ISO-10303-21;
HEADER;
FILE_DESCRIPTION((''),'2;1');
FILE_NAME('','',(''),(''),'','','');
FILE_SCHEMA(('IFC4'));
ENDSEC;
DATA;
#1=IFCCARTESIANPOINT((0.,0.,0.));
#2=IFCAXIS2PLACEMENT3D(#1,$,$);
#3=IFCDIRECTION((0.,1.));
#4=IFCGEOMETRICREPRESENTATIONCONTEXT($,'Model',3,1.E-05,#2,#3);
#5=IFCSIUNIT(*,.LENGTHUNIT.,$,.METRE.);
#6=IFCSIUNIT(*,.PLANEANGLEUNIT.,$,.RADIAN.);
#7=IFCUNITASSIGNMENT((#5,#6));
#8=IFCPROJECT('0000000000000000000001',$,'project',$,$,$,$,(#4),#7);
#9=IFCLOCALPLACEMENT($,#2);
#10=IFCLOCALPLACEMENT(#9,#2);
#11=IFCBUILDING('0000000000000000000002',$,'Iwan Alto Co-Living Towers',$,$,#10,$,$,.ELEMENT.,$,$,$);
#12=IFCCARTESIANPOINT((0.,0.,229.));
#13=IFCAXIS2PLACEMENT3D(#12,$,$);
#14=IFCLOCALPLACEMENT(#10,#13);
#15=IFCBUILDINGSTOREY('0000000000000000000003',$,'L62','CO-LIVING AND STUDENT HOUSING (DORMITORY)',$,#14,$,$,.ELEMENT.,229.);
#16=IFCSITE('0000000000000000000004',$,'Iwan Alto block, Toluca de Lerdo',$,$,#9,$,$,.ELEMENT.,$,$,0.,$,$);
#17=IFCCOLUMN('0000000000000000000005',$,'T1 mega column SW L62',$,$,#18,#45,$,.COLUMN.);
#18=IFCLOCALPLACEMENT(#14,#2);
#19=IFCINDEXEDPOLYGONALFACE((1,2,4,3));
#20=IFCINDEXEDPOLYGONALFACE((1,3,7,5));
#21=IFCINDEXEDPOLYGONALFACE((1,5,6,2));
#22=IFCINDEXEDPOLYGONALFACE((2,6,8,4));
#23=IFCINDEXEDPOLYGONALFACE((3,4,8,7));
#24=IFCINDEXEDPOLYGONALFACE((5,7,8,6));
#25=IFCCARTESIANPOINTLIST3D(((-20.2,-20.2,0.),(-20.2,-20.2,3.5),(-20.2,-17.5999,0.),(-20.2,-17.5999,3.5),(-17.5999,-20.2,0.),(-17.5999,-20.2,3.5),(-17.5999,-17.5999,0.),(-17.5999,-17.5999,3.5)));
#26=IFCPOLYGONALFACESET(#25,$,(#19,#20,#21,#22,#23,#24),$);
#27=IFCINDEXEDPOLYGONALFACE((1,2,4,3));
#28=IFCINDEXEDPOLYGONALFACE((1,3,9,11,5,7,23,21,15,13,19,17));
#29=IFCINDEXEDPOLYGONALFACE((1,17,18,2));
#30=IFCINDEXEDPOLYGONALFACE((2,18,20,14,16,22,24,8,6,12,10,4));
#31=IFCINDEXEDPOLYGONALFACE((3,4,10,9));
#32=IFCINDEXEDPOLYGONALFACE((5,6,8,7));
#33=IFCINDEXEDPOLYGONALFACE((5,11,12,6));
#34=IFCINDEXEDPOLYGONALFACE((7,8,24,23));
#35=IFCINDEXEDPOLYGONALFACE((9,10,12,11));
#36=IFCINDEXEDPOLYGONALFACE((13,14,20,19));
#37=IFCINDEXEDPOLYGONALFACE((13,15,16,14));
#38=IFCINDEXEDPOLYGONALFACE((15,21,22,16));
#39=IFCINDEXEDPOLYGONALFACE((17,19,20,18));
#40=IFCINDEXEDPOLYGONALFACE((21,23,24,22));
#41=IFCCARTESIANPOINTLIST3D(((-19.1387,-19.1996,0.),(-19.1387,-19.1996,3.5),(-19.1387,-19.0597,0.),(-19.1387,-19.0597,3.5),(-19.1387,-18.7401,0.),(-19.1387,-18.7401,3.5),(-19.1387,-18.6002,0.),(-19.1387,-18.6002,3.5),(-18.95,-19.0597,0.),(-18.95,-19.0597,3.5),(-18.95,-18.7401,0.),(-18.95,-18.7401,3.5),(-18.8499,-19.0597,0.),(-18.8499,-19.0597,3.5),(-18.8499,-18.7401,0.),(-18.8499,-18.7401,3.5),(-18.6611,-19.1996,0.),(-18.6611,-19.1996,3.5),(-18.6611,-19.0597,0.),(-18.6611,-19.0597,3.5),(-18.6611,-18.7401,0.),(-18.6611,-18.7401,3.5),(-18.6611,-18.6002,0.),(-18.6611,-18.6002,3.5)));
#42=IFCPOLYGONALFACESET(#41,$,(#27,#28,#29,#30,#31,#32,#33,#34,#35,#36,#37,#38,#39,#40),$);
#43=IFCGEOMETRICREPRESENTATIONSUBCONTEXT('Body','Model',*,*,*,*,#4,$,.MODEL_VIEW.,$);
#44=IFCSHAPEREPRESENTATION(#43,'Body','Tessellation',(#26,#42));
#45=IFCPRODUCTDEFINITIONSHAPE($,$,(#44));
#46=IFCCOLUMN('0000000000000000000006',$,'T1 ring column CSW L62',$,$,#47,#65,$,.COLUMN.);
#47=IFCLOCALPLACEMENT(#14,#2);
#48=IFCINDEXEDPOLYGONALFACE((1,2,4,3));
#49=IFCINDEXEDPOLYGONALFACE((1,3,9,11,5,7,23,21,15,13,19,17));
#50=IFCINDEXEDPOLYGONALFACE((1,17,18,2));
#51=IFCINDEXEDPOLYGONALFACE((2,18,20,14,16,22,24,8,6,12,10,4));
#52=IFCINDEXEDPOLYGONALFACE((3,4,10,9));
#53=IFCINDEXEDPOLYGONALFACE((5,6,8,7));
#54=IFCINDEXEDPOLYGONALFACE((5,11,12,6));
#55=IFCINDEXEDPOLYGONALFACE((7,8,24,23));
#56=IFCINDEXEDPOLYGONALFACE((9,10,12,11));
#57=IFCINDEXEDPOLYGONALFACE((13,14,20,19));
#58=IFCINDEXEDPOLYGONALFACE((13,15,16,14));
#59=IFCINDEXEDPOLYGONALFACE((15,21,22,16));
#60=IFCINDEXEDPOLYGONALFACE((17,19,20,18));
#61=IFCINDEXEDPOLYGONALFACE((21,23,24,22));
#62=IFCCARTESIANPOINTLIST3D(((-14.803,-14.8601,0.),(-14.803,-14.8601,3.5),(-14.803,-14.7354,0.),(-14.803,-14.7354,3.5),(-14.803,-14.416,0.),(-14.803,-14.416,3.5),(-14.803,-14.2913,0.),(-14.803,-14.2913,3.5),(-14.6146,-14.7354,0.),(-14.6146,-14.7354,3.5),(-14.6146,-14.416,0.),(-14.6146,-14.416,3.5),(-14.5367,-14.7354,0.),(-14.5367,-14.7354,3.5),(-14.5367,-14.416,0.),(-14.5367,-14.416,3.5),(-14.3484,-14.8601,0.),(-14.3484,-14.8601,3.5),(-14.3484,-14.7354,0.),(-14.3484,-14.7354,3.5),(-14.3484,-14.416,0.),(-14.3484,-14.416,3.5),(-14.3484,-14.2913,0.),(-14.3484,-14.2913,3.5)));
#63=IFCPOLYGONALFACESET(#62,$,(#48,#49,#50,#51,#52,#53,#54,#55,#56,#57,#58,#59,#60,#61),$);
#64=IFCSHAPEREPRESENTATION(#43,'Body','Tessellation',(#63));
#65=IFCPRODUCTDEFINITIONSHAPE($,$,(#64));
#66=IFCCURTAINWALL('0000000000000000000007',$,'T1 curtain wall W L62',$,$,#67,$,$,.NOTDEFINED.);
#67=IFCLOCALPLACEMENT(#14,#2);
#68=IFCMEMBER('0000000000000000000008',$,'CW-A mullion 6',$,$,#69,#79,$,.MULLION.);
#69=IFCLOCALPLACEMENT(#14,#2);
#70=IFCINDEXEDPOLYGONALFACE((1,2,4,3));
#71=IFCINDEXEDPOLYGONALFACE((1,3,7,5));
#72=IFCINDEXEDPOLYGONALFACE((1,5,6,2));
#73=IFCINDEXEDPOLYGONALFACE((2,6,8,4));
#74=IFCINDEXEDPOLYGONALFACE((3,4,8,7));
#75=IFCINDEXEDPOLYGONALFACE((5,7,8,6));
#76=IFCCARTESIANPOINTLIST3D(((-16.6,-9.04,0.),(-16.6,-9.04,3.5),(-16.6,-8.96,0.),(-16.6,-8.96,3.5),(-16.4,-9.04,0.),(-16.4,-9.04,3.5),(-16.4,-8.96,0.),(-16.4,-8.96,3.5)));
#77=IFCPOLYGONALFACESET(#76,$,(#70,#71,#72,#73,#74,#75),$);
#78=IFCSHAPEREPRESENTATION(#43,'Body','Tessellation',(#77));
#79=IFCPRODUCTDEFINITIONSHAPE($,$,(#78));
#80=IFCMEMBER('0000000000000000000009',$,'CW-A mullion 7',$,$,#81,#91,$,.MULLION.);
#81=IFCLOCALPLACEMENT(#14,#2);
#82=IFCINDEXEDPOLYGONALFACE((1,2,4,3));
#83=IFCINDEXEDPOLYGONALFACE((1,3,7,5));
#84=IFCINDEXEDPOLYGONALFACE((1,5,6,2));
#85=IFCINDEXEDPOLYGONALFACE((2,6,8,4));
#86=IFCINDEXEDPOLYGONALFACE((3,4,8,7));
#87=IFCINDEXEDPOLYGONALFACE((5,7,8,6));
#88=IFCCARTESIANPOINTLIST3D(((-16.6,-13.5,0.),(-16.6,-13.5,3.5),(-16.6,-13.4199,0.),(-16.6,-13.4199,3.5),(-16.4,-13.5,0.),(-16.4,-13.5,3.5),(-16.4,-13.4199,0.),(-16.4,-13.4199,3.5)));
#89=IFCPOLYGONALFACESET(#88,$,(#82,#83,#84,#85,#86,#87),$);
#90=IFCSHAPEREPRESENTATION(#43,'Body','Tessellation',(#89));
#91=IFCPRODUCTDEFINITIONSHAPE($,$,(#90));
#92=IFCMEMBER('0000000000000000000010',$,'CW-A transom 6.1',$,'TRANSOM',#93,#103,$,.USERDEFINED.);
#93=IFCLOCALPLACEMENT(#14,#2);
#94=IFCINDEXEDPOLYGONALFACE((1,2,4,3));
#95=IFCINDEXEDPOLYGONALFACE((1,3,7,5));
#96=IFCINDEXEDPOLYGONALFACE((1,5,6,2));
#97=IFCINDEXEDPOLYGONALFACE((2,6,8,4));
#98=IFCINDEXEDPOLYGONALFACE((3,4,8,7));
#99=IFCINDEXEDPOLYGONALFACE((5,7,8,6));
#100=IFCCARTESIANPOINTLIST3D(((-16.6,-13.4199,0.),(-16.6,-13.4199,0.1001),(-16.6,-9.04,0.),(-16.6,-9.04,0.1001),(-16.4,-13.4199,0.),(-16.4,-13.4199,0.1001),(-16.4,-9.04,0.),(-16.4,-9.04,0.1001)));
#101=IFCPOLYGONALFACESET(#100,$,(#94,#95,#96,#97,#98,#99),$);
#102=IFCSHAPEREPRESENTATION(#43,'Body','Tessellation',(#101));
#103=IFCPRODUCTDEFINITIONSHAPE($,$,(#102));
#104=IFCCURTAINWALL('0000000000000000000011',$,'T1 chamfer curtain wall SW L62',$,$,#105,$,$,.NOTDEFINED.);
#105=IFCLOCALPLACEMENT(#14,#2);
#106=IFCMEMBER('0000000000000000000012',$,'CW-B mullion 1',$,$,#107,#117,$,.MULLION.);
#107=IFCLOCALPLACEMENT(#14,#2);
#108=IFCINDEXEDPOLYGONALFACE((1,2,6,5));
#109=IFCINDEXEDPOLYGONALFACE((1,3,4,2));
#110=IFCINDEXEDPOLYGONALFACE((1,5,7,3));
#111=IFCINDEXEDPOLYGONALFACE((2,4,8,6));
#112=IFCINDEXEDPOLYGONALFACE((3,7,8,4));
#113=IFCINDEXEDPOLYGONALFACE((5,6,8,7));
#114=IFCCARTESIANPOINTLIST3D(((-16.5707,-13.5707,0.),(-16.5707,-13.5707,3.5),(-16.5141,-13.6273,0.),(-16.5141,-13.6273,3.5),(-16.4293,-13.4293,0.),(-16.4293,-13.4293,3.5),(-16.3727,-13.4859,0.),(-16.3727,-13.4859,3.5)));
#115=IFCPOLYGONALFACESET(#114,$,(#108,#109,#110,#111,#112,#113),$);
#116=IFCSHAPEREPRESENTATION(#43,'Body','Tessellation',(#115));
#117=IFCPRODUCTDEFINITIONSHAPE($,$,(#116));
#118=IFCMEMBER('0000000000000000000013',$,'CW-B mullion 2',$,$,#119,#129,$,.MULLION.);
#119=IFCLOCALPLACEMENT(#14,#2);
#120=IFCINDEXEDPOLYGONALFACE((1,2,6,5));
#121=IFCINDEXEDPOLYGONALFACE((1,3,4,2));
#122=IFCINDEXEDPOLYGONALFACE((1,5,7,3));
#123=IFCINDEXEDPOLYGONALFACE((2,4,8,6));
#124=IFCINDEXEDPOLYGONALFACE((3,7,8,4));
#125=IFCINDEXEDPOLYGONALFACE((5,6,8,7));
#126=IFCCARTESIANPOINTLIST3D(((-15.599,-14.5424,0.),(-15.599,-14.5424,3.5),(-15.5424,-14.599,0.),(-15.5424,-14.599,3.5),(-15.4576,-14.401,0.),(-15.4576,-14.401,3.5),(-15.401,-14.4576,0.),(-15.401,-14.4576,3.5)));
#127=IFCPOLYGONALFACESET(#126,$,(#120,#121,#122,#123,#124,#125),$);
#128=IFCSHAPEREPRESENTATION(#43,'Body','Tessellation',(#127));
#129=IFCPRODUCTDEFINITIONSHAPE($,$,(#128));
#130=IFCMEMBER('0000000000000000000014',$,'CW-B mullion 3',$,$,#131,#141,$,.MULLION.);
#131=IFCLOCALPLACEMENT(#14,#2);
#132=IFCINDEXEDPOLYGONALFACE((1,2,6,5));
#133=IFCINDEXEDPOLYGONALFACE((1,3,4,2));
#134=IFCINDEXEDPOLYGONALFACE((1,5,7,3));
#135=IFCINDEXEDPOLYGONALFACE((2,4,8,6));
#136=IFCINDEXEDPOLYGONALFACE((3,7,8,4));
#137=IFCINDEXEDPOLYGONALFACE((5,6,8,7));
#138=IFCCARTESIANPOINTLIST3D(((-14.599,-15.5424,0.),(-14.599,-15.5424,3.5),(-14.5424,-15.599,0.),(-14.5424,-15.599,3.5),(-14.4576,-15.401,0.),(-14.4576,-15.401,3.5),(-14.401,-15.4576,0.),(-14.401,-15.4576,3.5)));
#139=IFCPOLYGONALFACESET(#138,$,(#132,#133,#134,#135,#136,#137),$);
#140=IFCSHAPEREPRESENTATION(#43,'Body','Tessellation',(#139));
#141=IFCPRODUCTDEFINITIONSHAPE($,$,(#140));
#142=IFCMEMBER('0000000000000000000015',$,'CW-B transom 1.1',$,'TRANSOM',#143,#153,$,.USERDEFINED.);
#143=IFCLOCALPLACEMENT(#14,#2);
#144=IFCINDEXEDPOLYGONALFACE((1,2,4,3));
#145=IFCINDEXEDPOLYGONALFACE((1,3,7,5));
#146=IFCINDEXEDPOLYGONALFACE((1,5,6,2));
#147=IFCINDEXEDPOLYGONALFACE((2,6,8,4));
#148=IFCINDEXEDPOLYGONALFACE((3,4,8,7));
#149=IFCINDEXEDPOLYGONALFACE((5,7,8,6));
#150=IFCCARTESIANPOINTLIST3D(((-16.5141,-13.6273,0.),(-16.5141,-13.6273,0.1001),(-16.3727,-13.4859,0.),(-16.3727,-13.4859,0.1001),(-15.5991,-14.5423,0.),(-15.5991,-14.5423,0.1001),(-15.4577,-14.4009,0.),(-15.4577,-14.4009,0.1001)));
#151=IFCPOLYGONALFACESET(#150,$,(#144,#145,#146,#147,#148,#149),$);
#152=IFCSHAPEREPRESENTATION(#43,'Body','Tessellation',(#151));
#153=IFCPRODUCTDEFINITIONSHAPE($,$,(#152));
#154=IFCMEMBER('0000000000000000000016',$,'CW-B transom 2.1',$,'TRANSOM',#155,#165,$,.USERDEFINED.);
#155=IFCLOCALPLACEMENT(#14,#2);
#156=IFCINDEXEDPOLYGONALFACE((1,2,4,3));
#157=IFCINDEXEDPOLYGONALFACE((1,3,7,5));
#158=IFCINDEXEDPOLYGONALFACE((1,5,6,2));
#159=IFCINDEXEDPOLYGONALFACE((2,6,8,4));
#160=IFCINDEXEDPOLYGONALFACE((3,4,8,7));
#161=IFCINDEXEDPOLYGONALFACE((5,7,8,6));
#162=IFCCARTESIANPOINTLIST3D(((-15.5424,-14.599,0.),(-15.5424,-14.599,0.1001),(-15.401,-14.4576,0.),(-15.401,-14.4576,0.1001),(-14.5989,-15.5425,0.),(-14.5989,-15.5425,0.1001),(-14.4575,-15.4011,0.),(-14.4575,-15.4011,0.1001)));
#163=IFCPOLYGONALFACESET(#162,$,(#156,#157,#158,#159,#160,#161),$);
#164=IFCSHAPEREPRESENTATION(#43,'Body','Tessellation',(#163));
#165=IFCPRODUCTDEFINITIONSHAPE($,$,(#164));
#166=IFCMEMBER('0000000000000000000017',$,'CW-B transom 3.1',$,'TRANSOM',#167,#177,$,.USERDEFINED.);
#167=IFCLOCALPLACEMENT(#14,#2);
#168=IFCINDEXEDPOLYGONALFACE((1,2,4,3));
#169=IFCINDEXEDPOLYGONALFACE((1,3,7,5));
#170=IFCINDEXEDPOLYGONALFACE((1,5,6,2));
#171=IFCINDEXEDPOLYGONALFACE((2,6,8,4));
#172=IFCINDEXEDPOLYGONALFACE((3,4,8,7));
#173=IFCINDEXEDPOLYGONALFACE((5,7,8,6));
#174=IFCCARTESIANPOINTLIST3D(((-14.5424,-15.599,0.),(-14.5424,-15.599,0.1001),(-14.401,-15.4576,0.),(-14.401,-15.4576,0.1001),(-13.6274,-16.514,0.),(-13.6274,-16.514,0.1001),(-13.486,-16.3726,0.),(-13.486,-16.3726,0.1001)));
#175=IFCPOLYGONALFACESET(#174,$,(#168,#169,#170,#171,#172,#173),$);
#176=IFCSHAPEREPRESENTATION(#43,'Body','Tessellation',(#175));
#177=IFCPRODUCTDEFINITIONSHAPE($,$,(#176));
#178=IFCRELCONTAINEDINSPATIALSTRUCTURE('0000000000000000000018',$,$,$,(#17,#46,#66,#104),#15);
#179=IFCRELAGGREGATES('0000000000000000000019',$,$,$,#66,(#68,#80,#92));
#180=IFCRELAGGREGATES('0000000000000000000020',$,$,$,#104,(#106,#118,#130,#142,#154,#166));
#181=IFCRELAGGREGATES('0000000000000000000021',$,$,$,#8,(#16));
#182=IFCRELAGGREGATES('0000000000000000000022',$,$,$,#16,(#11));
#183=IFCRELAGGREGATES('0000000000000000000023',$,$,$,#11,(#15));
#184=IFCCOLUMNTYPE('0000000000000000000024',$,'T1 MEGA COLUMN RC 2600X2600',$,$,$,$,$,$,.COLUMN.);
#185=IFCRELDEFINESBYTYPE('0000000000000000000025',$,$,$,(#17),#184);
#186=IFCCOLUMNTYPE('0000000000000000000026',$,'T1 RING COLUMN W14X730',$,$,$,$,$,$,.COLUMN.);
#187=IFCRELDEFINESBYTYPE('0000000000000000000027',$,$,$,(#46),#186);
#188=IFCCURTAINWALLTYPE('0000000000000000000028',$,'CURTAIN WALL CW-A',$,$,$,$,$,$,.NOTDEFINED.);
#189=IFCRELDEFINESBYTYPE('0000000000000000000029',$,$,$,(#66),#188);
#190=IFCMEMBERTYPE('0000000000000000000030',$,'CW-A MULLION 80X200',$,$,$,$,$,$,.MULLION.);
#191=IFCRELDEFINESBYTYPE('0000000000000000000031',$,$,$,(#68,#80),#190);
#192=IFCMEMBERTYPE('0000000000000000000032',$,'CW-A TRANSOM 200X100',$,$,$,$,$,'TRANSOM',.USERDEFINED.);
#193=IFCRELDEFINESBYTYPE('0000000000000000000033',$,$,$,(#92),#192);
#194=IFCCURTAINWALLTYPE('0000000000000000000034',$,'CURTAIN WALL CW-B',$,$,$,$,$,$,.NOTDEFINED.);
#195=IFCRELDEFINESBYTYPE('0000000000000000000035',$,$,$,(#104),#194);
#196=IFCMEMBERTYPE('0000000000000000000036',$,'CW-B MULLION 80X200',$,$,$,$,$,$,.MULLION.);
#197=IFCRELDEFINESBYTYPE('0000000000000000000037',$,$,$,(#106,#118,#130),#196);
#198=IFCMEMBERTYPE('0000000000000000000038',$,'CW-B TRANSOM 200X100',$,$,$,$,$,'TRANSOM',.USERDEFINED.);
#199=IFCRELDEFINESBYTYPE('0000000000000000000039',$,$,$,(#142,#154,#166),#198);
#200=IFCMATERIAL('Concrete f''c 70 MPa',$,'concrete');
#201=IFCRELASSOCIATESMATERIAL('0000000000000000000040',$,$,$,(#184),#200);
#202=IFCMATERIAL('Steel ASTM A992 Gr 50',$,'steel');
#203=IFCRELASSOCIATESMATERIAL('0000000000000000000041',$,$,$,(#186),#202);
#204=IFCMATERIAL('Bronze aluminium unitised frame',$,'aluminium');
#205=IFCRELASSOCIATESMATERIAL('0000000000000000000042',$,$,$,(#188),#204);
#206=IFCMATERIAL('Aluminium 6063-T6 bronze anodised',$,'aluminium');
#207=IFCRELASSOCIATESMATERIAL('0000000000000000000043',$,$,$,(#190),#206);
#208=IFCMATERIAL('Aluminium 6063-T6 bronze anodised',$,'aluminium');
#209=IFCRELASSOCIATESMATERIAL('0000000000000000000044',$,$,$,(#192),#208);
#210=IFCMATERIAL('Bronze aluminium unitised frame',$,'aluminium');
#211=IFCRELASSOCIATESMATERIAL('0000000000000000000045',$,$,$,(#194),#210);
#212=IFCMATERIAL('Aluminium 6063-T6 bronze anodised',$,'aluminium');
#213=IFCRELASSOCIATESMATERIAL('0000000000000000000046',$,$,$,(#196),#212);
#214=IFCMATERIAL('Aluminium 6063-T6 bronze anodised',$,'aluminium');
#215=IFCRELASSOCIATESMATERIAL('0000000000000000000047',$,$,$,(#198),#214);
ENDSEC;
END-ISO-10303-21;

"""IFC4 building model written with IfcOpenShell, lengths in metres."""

from ifc_helpers import new_model, si_unit, direction, frame, origin, origin_2d, place, context, subcontext, project, spatial, rectangle, i_section, extrude, material, material_profile, profile_set, type_object, element, aggregate, save


model = new_model("IFC4")

# Units and contexts
model_context = context("Model", 3, precision=1e-05, world=origin(), true_north=direction((0.0, 1.0)))
body_context = subcontext(model_context, "Body", "Model", "MODEL_VIEW")
ifc_project = project(units=[si_unit("LENGTHUNIT", "METRE"), si_unit("PLANEANGLEUNIT", "RADIAN")], contexts=[model_context])

# Site, building, storey
site_placement = place(None, origin())
site = spatial("IfcSite", under=ifc_project, at=site_placement, Name="Iwan Alto block, Toluca de Lerdo", CompositionType="ELEMENT", RefElevation=0.0)
building_placement = place(site_placement, origin())
building = spatial("IfcBuilding", under=site, at=building_placement, Name="Iwan Alto Co-Living Towers", CompositionType="ELEMENT")
storey_placement = place(building_placement, frame((0.0, 0.0, 229.0)))
storey = spatial("IfcBuildingStorey", under=building, at=storey_placement, Name="L62", Description="CO-LIVING AND STUDENT HOUSING (DORMITORY)", CompositionType="ELEMENT", Elevation=229.0)

# Columns
ifc_material_1 = material(Name="Concrete f'c 70 MPa", Category="concrete")
ifc_material_profile_1 = material_profile(ifc_material_1, rectangle(XDim=2.6001, YDim=2.6001, at=origin_2d()), Name="RC 2600X2600")
ifc_profile_set_1 = profile_set([ifc_material_profile_1], Name="Concrete f'c 70 MPa")
column_type_1 = type_object("IfcColumnType", Name="T1 MEGA COLUMN RC 2600X2600", PredefinedType="COLUMN", material=ifc_profile_set_1)
column_1_placement = place(storey_placement, frame((-18.8999, -18.8999, 0.0), z_axis=(0.0, 0.0, 1.0), x_axis=(1.0, 0.0, 0.0)))
element("IfcColumn", 1, at=column_1_placement, inside=storey, type_object=column_type_1, Name="T1 mega column SW L62", PredefinedType="COLUMN", context=body_context, shape_type="SweptSolid", body=[
    extrude(rectangle(XDim=2.6001, YDim=2.6001, at=origin_2d()), origin(), (0.0, 0.0, 1.0), 3.5),
    extrude(i_section(OverallWidth=0.4775, OverallDepth=0.5994, WebThickness=0.1001, FlangeThickness=0.1399, at=origin_2d()), origin(), (0.0, 0.0, 1.0), 3.5),
])
ifc_material_2 = material(Name="Steel ASTM A992 Gr 50", Category="steel")
ifc_material_profile_2 = material_profile(ifc_material_2, i_section(OverallWidth=0.4546, OverallDepth=0.5688, WebThickness=0.0779, FlangeThickness=0.1248, at=origin_2d()), Name="W14X730")
ifc_profile_set_2 = profile_set([ifc_material_profile_2], Name="Steel ASTM A992 Gr 50")
column_type_2 = type_object("IfcColumnType", Name="T1 RING COLUMN W14X730", PredefinedType="COLUMN", material=ifc_profile_set_2)
column_2_placement = place(storey_placement, frame((-14.5757, -14.5757, 0.0), z_axis=(0.0, 0.0, 1.0), x_axis=(1.0, 0.0, 0.0)))
element("IfcColumn", 2, at=column_2_placement, inside=storey, type_object=column_type_2, Name="T1 ring column CSW L62", PredefinedType="COLUMN", context=body_context, shape_type="SweptSolid", body=[
    extrude(i_section(OverallWidth=0.4546, OverallDepth=0.5688, WebThickness=0.0779, FlangeThickness=0.1248, at=origin_2d()), origin(), (0.0, 0.0, 1.0), 3.5),
])

# Curtain walls, members
ifc_material_3 = material(Name="Bronze aluminium unitised frame", Category="aluminium")
curtain_wall_type_1 = type_object("IfcCurtainWallType", Name="CURTAIN WALL CW-A", PredefinedType="NOTDEFINED", material=ifc_material_3)
curtain_wall_1_placement = place(storey_placement, origin())
curtain_wall_1 = element("IfcCurtainWall", 3, at=curtain_wall_1_placement, inside=storey, type_object=curtain_wall_type_1, Name="T1 curtain wall W L62", PredefinedType="NOTDEFINED")
ifc_material_4 = material(Name="Aluminium 6063-T6 bronze anodised", Category="aluminium")
ifc_material_profile_3 = material_profile(ifc_material_4, rectangle(XDim=0.2, YDim=0.0801, at=origin_2d()), Name="AL 80X200")
ifc_profile_set_3 = profile_set([ifc_material_profile_3], Name="Aluminium 6063-T6 bronze anodised")
member_type_1 = type_object("IfcMemberType", Name="CW-A MULLION 80X200", PredefinedType="MULLION", material=ifc_profile_set_3)
member_1_placement = place(storey_placement, frame((-16.5, -9.0, 0.0), z_axis=(0.0, 0.0, 1.0), x_axis=(1.0, 0.0, 0.0)))
member_1 = element("IfcMember", 4, at=member_1_placement, type_object=member_type_1, Name="CW-A mullion 6", PredefinedType="MULLION", context=body_context, shape_type="SweptSolid", body=[
    extrude(rectangle(XDim=0.2, YDim=0.0801, at=origin_2d()), origin(), (0.0, 0.0, 1.0), 3.5),
])
member_2_placement = place(storey_placement, frame((-16.5, -13.46, 0.0), z_axis=(0.0, 0.0, 1.0), x_axis=(1.0, 0.0, 0.0)))
member_2 = element("IfcMember", 5, at=member_2_placement, type_object=member_type_1, Name="CW-A mullion 7", PredefinedType="MULLION", context=body_context, shape_type="SweptSolid", body=[
    extrude(rectangle(XDim=0.2, YDim=0.0801, at=origin_2d()), origin(), (0.0, 0.0, 1.0), 3.5),
])
ifc_material_5 = material(Name="Aluminium 6063-T6 bronze anodised", Category="aluminium")
ifc_material_profile_4 = material_profile(ifc_material_5, rectangle(XDim=0.2, YDim=0.1001, at=origin_2d()), Name="AL 200X100")
ifc_profile_set_4 = profile_set([ifc_material_profile_4], Name="Aluminium 6063-T6 bronze anodised")
member_type_2 = type_object("IfcMemberType", Name="CW-A TRANSOM 200X100", ElementType="TRANSOM", PredefinedType="USERDEFINED", material=ifc_profile_set_4)
member_3_placement = place(storey_placement, frame((-16.5, -9.04, 0.05), z_axis=(0.0, -1.0, 0.0), x_axis=(1.0, 0.0, 0.0)))
member_3 = element("IfcMember", 6, at=member_3_placement, type_object=member_type_2, Name="CW-A transom 6.1", ObjectType="TRANSOM", PredefinedType="USERDEFINED", context=body_context, shape_type="SweptSolid", body=[
    extrude(rectangle(XDim=0.2, YDim=0.1001, at=origin_2d()), origin(), (0.0, 0.0, 1.0), 4.3799),
])
ifc_material_6 = material(Name="Bronze aluminium unitised frame", Category="aluminium")
curtain_wall_type_2 = type_object("IfcCurtainWallType", Name="CURTAIN WALL CW-B", PredefinedType="NOTDEFINED", material=ifc_material_6)
curtain_wall_2_placement = place(storey_placement, origin())
curtain_wall_2 = element("IfcCurtainWall", 7, at=curtain_wall_2_placement, inside=storey, type_object=curtain_wall_type_2, Name="T1 chamfer curtain wall SW L62", PredefinedType="NOTDEFINED")
ifc_material_7 = material(Name="Aluminium 6063-T6 bronze anodised", Category="aluminium")
ifc_material_profile_5 = material_profile(ifc_material_7, rectangle(XDim=0.2, YDim=0.0801, at=origin_2d()), Name="AL 80X200")
ifc_profile_set_5 = profile_set([ifc_material_profile_5], Name="Aluminium 6063-T6 bronze anodised")
member_type_3 = type_object("IfcMemberType", Name="CW-B MULLION 80X200", PredefinedType="MULLION", material=ifc_profile_set_5)
member_4_placement = place(storey_placement, frame((-16.4717, -13.5283, 0.0), z_axis=(0.0, 0.0, 1.0), x_axis=(0.707107, 0.707107, 0.0)))
member_4 = element("IfcMember", 8, at=member_4_placement, type_object=member_type_3, Name="CW-B mullion 1", PredefinedType="MULLION", context=body_context, shape_type="SweptSolid", body=[
    extrude(rectangle(XDim=0.2, YDim=0.0801, at=origin_2d()), origin(), (0.0, 0.0, 1.0), 3.5),
])
member_5_placement = place(storey_placement, frame((-15.5, -14.5, 0.0), z_axis=(0.0, 0.0, 1.0), x_axis=(0.707107, 0.707107, 0.0)))
member_5 = element("IfcMember", 9, at=member_5_placement, type_object=member_type_3, Name="CW-B mullion 2", PredefinedType="MULLION", context=body_context, shape_type="SweptSolid", body=[
    extrude(rectangle(XDim=0.2, YDim=0.0801, at=origin_2d()), origin(), (0.0, 0.0, 1.0), 3.5),
])
member_6_placement = place(storey_placement, frame((-14.5, -15.5, 0.0), z_axis=(0.0, 0.0, 1.0), x_axis=(0.707107, 0.707107, 0.0)))
member_6 = element("IfcMember", 10, at=member_6_placement, type_object=member_type_3, Name="CW-B mullion 3", PredefinedType="MULLION", context=body_context, shape_type="SweptSolid", body=[
    extrude(rectangle(XDim=0.2, YDim=0.0801, at=origin_2d()), origin(), (0.0, 0.0, 1.0), 3.5),
])
ifc_material_8 = material(Name="Aluminium 6063-T6 bronze anodised", Category="aluminium")
ifc_material_profile_6 = material_profile(ifc_material_8, rectangle(XDim=0.2, YDim=0.1001, at=origin_2d()), Name="AL 200X100")
ifc_profile_set_6 = profile_set([ifc_material_profile_6], Name="Aluminium 6063-T6 bronze anodised")
member_type_4 = type_object("IfcMemberType", Name="CW-B TRANSOM 200X100", ElementType="TRANSOM", PredefinedType="USERDEFINED", material=ifc_profile_set_6)
member_7_placement = place(storey_placement, frame((-16.4434, -13.5566, 0.05), z_axis=(0.707107, -0.707107, 0.0), x_axis=(0.707107, 0.707107, 0.0)))
member_7 = element("IfcMember", 11, at=member_7_placement, type_object=member_type_4, Name="CW-B transom 1.1", ObjectType="TRANSOM", PredefinedType="USERDEFINED", context=body_context, shape_type="SweptSolid", body=[
    extrude(rectangle(XDim=0.2, YDim=0.1001, at=origin_2d()), origin(), (0.0, 0.0, 1.0), 1.2939),
])
member_8_placement = place(storey_placement, frame((-15.4717, -14.5283, 0.05), z_axis=(0.707107, -0.707107, 0.0), x_axis=(0.707107, 0.707107, 0.0)))
member_8 = element("IfcMember", 12, at=member_8_placement, type_object=member_type_4, Name="CW-B transom 2.1", ObjectType="TRANSOM", PredefinedType="USERDEFINED", context=body_context, shape_type="SweptSolid", body=[
    extrude(rectangle(XDim=0.2, YDim=0.1001, at=origin_2d()), origin(), (0.0, 0.0, 1.0), 1.3342),
])
member_9_placement = place(storey_placement, frame((-14.4717, -15.5283, 0.05), z_axis=(0.707107, -0.707107, 0.0), x_axis=(0.707107, 0.707107, 0.0)))
member_9 = element("IfcMember", 13, at=member_9_placement, type_object=member_type_4, Name="CW-B transom 3.1", ObjectType="TRANSOM", PredefinedType="USERDEFINED", context=body_context, shape_type="SweptSolid", body=[
    extrude(rectangle(XDim=0.2, YDim=0.1001, at=origin_2d()), origin(), (0.0, 0.0, 1.0), 1.2939),
])

aggregate(curtain_wall_1, [member_1, member_2, member_3])
aggregate(curtain_wall_2, [member_4, member_5, member_6, member_7, member_8, member_9])

save(model, "model.ifc")
